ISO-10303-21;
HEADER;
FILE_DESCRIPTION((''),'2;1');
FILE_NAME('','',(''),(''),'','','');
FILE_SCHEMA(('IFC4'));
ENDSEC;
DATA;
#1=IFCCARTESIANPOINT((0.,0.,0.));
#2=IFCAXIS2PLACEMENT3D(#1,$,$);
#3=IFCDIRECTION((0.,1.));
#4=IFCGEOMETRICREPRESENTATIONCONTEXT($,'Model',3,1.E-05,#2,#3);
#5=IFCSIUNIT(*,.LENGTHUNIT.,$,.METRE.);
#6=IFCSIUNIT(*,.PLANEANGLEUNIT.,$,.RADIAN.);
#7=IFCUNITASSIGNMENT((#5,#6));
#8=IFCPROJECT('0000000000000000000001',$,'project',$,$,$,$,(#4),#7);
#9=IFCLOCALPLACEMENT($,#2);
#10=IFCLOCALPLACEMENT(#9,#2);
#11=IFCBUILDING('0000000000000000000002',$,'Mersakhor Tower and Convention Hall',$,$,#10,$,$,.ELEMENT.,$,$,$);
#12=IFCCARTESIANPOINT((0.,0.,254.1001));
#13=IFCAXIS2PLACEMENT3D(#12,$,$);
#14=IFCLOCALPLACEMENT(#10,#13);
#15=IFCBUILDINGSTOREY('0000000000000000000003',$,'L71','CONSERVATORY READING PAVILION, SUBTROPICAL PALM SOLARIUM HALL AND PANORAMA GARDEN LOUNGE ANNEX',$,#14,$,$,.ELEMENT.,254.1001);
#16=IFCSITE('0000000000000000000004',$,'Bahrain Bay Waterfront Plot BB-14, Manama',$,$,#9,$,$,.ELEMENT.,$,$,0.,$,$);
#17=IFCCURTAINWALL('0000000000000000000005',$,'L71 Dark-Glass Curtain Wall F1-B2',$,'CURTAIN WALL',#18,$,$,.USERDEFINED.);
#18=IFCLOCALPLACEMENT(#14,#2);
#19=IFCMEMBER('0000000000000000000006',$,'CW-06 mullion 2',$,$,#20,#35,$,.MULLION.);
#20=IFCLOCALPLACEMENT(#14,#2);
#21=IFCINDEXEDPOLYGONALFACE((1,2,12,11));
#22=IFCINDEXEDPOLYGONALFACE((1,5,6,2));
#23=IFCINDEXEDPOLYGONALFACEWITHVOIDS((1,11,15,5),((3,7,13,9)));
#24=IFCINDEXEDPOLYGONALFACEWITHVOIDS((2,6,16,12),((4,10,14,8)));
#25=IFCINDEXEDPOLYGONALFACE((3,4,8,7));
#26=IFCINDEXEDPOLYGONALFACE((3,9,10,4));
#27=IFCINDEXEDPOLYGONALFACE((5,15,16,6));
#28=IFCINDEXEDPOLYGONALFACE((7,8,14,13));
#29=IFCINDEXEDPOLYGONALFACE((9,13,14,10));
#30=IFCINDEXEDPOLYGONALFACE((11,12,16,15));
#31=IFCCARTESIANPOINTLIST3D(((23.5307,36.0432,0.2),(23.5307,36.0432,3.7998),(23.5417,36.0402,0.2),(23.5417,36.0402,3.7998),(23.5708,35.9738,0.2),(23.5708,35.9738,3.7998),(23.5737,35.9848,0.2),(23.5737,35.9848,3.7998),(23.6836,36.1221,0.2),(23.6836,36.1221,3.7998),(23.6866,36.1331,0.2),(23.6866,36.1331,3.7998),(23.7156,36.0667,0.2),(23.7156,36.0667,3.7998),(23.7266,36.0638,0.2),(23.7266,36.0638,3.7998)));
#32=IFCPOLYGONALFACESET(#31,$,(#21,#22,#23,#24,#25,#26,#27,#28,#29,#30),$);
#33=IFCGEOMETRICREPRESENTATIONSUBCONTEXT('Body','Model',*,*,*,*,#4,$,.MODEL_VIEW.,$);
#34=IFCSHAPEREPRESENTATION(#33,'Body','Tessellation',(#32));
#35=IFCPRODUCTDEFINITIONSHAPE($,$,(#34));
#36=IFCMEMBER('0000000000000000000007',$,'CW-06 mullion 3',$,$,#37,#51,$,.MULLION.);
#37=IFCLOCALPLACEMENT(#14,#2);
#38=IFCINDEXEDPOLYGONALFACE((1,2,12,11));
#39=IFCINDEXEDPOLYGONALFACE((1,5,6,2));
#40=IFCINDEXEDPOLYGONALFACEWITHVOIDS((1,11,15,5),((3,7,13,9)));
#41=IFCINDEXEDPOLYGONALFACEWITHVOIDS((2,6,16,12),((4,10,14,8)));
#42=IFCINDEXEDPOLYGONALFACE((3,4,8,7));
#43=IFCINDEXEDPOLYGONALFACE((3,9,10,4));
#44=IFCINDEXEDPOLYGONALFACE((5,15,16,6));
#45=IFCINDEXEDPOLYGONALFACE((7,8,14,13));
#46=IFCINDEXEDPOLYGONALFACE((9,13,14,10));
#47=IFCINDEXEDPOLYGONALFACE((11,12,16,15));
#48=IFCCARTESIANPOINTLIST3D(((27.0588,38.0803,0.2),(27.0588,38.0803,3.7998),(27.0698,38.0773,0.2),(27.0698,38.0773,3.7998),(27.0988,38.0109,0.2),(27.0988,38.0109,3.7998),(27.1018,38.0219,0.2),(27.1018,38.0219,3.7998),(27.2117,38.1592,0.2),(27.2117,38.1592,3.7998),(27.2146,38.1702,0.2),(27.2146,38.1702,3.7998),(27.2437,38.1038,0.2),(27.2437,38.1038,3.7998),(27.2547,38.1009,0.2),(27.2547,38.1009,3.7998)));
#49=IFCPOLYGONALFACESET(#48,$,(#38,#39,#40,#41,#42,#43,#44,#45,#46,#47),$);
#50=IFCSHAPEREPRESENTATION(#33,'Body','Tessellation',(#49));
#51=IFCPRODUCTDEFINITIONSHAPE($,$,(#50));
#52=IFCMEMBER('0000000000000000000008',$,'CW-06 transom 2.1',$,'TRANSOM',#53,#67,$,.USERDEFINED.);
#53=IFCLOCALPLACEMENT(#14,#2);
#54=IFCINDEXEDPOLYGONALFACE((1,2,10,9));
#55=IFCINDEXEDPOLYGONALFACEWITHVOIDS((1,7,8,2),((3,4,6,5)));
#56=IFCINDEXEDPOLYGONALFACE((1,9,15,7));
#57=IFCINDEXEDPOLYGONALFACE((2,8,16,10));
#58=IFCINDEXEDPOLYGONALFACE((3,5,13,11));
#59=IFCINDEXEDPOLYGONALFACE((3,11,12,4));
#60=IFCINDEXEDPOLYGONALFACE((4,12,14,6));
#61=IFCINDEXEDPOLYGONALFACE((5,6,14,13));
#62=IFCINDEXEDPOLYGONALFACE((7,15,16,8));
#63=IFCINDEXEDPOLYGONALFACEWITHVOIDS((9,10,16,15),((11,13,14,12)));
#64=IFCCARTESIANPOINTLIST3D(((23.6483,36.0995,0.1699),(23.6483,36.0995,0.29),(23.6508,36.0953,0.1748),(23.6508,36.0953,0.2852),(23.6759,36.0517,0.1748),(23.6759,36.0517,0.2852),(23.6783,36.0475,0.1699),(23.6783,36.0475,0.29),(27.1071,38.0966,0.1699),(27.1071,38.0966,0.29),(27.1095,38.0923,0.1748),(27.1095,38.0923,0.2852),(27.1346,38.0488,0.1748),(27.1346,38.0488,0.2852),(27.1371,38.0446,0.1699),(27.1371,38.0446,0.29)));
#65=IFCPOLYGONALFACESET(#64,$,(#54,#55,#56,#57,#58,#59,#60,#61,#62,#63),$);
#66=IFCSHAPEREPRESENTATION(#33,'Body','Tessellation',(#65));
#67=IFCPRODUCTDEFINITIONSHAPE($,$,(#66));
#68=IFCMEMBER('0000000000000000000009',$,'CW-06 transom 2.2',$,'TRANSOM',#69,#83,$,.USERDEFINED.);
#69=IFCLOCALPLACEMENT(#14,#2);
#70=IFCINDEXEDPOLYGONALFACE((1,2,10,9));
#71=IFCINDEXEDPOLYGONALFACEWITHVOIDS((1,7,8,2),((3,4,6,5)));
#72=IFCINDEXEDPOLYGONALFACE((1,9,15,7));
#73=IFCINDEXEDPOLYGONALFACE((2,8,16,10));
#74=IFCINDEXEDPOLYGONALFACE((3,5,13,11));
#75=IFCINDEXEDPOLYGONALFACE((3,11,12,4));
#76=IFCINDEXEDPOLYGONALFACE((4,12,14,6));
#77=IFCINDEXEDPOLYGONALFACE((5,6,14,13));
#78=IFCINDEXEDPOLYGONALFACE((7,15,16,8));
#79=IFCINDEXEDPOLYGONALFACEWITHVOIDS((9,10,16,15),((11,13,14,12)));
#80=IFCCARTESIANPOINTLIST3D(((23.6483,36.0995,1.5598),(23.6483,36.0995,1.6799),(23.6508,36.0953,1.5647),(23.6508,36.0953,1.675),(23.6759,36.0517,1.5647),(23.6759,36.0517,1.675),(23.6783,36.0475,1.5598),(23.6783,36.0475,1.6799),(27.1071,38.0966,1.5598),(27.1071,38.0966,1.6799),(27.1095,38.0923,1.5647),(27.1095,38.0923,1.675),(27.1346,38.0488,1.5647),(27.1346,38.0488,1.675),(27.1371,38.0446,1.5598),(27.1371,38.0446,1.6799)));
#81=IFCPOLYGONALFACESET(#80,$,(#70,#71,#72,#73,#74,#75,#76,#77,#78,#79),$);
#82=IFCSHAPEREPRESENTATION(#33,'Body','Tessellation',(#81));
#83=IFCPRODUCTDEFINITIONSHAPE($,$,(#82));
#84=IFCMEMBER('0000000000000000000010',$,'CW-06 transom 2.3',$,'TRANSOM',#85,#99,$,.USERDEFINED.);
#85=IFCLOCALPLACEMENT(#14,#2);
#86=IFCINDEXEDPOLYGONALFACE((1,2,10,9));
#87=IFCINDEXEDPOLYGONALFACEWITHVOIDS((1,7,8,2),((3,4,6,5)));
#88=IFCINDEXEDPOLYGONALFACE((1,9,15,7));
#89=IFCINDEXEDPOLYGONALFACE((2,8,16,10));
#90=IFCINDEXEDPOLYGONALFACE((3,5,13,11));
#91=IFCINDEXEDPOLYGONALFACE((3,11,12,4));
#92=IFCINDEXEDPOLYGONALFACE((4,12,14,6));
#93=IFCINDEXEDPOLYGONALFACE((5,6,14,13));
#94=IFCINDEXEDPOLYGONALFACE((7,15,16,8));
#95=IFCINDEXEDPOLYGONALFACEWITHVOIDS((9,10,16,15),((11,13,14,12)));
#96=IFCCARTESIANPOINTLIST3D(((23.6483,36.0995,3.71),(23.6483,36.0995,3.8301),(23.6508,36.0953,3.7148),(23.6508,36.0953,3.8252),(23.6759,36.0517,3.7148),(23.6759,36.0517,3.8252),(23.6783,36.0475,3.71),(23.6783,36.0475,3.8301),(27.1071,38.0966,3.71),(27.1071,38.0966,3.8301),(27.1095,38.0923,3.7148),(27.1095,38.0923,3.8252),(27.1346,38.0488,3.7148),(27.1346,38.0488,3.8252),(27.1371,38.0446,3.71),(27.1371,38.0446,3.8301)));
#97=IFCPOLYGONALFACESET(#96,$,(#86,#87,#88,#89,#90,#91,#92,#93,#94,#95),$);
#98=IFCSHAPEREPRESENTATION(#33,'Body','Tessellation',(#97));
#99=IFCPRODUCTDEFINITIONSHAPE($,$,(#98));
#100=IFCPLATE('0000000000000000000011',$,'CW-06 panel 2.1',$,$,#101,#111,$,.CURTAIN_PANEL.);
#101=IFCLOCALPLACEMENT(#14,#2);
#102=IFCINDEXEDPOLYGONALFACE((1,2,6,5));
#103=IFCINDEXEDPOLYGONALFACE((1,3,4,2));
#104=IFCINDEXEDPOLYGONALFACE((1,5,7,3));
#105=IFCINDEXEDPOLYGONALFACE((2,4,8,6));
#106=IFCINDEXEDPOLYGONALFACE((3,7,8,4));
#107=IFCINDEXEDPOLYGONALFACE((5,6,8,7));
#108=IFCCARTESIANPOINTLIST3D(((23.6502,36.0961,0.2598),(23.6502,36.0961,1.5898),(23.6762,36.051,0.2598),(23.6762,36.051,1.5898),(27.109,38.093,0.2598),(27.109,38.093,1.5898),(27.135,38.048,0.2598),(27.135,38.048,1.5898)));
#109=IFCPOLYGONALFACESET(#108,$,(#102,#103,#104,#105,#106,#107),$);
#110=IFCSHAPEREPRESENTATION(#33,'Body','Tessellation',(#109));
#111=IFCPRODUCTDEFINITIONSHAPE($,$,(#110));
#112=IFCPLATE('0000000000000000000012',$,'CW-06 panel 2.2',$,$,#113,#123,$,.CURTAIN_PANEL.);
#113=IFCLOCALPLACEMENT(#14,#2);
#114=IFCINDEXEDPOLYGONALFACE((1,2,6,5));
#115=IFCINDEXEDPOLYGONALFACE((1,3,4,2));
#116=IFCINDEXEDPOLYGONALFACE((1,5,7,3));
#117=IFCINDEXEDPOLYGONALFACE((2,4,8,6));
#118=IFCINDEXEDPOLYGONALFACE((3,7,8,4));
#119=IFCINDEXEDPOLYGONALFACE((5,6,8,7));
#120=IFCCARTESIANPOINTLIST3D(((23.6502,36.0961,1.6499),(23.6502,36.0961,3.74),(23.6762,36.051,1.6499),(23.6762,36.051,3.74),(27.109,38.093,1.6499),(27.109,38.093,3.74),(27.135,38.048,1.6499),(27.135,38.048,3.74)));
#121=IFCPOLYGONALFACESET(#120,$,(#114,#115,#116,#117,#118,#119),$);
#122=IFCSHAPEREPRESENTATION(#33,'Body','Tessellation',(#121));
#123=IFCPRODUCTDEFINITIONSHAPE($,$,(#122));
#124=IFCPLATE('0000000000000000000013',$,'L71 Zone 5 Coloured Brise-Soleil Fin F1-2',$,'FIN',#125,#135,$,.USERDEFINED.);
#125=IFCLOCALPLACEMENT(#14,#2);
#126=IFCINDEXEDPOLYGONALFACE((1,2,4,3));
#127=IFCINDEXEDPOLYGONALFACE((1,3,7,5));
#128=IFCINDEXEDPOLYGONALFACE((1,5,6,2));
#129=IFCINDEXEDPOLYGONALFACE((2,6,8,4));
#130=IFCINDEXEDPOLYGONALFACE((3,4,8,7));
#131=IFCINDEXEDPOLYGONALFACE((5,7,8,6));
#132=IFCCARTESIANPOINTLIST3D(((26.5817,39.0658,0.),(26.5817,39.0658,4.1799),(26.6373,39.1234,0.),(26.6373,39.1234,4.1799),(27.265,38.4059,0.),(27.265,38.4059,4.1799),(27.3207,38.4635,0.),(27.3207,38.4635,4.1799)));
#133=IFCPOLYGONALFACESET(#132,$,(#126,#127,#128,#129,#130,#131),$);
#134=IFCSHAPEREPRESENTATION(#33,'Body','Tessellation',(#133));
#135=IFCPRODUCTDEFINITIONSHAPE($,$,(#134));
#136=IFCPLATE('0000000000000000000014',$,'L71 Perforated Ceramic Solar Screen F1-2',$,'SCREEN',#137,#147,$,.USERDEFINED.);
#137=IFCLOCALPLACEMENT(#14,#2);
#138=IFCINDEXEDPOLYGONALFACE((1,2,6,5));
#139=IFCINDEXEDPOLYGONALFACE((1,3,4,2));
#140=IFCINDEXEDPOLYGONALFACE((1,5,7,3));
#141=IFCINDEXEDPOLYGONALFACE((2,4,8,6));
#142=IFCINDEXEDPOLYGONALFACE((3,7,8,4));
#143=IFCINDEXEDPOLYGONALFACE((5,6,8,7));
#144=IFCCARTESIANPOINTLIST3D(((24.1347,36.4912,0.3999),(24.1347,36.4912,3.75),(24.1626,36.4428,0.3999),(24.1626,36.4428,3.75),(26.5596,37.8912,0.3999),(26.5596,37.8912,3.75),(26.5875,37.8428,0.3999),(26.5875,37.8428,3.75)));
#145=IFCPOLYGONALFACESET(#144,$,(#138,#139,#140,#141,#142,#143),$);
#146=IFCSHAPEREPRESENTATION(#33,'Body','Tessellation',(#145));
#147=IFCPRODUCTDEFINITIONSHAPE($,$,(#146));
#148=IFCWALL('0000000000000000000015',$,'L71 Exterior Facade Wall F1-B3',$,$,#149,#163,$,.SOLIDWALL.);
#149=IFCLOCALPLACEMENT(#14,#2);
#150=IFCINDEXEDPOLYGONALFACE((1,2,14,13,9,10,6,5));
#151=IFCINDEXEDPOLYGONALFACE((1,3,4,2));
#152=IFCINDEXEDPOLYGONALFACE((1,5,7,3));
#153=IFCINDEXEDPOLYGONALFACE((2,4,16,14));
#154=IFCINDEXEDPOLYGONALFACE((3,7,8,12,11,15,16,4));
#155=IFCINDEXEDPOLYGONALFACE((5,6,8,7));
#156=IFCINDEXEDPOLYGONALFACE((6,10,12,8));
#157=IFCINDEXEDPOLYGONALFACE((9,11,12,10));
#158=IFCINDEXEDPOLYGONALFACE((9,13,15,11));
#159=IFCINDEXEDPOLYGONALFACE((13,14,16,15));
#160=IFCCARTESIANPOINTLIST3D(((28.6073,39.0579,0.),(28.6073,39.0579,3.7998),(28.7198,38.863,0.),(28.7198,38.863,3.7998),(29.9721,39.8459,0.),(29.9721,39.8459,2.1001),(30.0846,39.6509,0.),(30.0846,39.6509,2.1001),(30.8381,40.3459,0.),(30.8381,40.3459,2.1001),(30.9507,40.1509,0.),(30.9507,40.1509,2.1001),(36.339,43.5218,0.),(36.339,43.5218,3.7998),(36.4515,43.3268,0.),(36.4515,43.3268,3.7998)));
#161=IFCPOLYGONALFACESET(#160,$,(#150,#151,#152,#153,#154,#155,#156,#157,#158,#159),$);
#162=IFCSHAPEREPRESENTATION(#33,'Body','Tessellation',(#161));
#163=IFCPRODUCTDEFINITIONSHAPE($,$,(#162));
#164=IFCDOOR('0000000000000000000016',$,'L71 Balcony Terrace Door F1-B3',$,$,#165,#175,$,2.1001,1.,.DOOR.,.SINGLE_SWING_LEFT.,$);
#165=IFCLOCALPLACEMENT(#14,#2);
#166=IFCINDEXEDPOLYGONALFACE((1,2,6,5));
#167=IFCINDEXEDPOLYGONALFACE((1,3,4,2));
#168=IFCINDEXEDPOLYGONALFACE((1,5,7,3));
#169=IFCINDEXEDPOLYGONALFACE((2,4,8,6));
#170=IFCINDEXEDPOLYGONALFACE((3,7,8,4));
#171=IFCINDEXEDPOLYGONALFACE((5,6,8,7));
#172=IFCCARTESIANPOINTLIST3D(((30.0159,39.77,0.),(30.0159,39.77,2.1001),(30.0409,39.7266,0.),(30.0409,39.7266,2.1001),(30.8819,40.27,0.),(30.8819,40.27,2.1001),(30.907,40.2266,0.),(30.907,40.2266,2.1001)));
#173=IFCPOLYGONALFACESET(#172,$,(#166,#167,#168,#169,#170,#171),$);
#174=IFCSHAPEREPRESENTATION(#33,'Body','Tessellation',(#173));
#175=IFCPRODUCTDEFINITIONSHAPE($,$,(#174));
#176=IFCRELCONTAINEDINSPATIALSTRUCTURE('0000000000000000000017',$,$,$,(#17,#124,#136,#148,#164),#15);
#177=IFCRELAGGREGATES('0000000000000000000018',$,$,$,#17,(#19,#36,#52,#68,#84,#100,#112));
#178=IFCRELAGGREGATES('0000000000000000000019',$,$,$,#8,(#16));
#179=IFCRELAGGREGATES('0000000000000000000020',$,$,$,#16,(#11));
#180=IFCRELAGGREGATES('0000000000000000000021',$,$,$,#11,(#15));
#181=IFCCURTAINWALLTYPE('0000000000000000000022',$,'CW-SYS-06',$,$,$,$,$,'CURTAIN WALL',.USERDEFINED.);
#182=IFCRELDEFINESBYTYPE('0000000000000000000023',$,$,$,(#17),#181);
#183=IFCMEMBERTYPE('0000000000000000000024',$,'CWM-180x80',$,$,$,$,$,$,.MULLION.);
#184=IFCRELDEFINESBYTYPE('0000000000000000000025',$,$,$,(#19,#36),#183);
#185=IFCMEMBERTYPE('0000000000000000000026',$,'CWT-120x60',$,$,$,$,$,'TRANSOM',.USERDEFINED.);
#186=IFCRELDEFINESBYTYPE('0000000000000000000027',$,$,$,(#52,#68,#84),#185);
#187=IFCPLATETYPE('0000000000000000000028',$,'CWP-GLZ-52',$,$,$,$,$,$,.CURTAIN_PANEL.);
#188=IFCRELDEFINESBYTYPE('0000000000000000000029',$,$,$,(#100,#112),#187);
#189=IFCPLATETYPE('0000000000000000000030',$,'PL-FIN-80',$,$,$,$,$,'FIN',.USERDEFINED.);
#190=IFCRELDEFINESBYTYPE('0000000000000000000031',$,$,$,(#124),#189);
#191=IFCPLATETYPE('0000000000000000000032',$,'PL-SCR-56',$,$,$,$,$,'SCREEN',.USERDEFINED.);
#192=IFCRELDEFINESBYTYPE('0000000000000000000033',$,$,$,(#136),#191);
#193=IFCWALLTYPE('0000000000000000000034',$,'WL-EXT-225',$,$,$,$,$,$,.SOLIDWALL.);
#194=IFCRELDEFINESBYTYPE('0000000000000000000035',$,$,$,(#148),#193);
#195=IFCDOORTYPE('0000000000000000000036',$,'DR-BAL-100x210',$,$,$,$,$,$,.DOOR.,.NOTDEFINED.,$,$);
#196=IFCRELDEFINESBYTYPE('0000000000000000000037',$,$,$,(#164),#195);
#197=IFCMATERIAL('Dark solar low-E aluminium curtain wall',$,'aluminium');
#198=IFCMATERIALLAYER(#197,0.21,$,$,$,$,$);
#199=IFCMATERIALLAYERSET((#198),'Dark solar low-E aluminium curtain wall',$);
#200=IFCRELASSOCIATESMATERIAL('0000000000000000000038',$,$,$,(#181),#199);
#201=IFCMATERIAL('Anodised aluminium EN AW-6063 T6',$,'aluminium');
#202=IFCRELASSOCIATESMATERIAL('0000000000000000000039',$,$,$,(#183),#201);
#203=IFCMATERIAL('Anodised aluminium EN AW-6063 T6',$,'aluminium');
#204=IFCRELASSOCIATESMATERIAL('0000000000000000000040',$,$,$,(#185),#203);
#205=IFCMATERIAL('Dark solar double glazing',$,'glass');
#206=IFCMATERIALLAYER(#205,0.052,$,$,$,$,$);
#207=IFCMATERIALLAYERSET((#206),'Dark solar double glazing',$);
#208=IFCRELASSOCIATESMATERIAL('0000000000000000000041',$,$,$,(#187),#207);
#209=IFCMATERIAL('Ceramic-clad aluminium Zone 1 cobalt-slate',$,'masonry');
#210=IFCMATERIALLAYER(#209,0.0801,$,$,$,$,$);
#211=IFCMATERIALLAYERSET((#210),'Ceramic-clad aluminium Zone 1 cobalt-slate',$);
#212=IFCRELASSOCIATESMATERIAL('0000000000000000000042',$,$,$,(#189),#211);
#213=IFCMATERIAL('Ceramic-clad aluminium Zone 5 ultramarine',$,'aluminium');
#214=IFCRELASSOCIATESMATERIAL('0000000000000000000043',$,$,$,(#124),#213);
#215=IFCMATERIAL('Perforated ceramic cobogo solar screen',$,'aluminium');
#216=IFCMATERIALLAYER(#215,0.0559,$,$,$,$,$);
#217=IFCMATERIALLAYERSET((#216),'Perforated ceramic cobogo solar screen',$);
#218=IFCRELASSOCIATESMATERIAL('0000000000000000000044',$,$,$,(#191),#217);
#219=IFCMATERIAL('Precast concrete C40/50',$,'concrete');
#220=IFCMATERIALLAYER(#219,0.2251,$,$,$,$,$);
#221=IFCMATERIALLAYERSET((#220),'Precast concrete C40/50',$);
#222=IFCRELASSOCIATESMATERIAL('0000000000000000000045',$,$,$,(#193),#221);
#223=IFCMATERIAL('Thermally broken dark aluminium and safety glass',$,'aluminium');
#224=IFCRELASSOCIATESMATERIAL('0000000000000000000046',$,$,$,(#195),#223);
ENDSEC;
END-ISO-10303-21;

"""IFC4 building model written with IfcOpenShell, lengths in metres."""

from ifc_helpers import new_model, si_unit, direction, frame, frame_2d, origin, origin_2d, place, context, subcontext, project, spatial, rectangle, hollow_rectangle, extrude, material, layer, layer_set, material_profile, profile_set, type_object, element, fill, aggregate, save


model = new_model("IFC4")

# Units and contexts
model_context = context("Model", 3, precision=1e-05, world=origin(), true_north=direction((0.0, 1.0)))
body_context = subcontext(model_context, "Body", "Model", "MODEL_VIEW")
ifc_project = project(units=[si_unit("LENGTHUNIT", "METRE"), si_unit("PLANEANGLEUNIT", "RADIAN")], contexts=[model_context])

# Site, building, storey
site_placement = place(None, origin())
site = spatial("IfcSite", under=ifc_project, at=site_placement, Name="Bahrain Bay Waterfront Plot BB-14, Manama", CompositionType="ELEMENT", RefElevation=0.0)
building_placement = place(site_placement, origin())
building = spatial("IfcBuilding", under=site, at=building_placement, Name="Mersakhor Tower and Convention Hall", CompositionType="ELEMENT")
storey_placement = place(building_placement, frame((0.0, 0.0, 254.1001)))
storey = spatial("IfcBuildingStorey", under=building, at=storey_placement, Name="L71", Description="CONSERVATORY READING PAVILION, SUBTROPICAL PALM SOLARIUM HALL AND PANORAMA GARDEN LOUNGE ANNEX", CompositionType="ELEMENT", Elevation=254.1001)

# Curtain wall, members, plates
ifc_material_1 = material(Name="Dark solar low-E aluminium curtain wall", Category="aluminium")
ifc_layer_1 = layer(ifc_material_1, 0.21)
ifc_layer_set_1 = layer_set([ifc_layer_1], Name="Dark solar low-E aluminium curtain wall")
curtain_wall_type = type_object("IfcCurtainWallType", Name="CW-SYS-06", ElementType="CURTAIN WALL", PredefinedType="USERDEFINED", material=ifc_layer_set_1)
curtain_wall_placement = place(storey_placement, origin())
curtain_wall = element("IfcCurtainWall", 1, at=curtain_wall_placement, inside=storey, type_object=curtain_wall_type, Name="L71 Dark-Glass Curtain Wall F1-B2", ObjectType="CURTAIN WALL", PredefinedType="USERDEFINED")
ifc_material_2 = material(Name="Anodised aluminium EN AW-6063 T6", Category="aluminium")
ifc_material_profile_1 = material_profile(ifc_material_2, hollow_rectangle(XDim=0.0801, YDim=0.1799, WallThickness=0.0081, at=origin_2d()), Name="RHS 180x80x8")
ifc_profile_set_1 = profile_set([ifc_material_profile_1], Name="Anodised aluminium EN AW-6063 T6")
member_type_1 = type_object("IfcMemberType", Name="CWM-180x80", PredefinedType="MULLION", material=ifc_profile_set_1)
member_1_placement = place(storey_placement, frame((23.6287, 36.0535, 0.2), z_axis=(0.0, 0.0, 1.0), x_axis=(-0.500004, 0.866023, 0.0)))
member_1 = element("IfcMember", 2, at=member_1_placement, type_object=member_type_1, Name="CW-06 mullion 2", PredefinedType="MULLION", context=body_context, shape_type="SweptSolid", body=[
    extrude(hollow_rectangle(XDim=0.0801, YDim=0.1799, WallThickness=0.0081, at=origin_2d()), origin(), (0.0, 0.0, 1.0), 3.5999),
])
member_2_placement = place(storey_placement, frame((27.1567, 38.0906, 0.2), z_axis=(0.0, 0.0, 1.0), x_axis=(-0.500004, 0.866023, 0.0)))
member_2 = element("IfcMember", 3, at=member_2_placement, type_object=member_type_1, Name="CW-06 mullion 3", PredefinedType="MULLION", context=body_context, shape_type="SweptSolid", body=[
    extrude(hollow_rectangle(XDim=0.0801, YDim=0.1799, WallThickness=0.0081, at=origin_2d()), origin(), (0.0, 0.0, 1.0), 3.5999),
])
ifc_material_3 = material(Name="Anodised aluminium EN AW-6063 T6", Category="aluminium")
ifc_material_profile_2 = material_profile(ifc_material_3, hollow_rectangle(XDim=0.0601, YDim=0.1201, WallThickness=0.0049, at=origin_2d()), Name="RHS 120x60x5")
ifc_profile_set_2 = profile_set([ifc_material_profile_2], Name="Anodised aluminium EN AW-6063 T6")
member_type_2 = type_object("IfcMemberType", Name="CWT-120x60", ElementType="TRANSOM", PredefinedType="USERDEFINED", material=ifc_profile_set_2)
member_3_placement = place(storey_placement, frame((23.6633, 36.0735, 0.23), z_axis=(0.866007, 0.500031, 0.0), x_axis=(-0.500031, 0.866007, 0.0)))
member_3 = element("IfcMember", 4, at=member_3_placement, type_object=member_type_2, Name="CW-06 transom 2.1", ObjectType="TRANSOM", PredefinedType="USERDEFINED", context=body_context, shape_type="SweptSolid", body=[
    extrude(hollow_rectangle(XDim=0.0601, YDim=0.1201, WallThickness=0.0049, at=origin_2d()), origin(), (0.0, 0.0, 1.0), 3.9939),
])
member_4_placement = place(storey_placement, frame((23.6633, 36.0735, 1.6199), z_axis=(0.866007, 0.500031, 0.0), x_axis=(-0.500031, 0.866007, 0.0)))
member_4 = element("IfcMember", 5, at=member_4_placement, type_object=member_type_2, Name="CW-06 transom 2.2", ObjectType="TRANSOM", PredefinedType="USERDEFINED", context=body_context, shape_type="SweptSolid", body=[
    extrude(hollow_rectangle(XDim=0.0601, YDim=0.1201, WallThickness=0.0049, at=origin_2d()), origin(), (0.0, 0.0, 1.0), 3.9939),
])
member_5_placement = place(storey_placement, frame((23.6633, 36.0735, 3.77), z_axis=(0.866007, 0.500031, 0.0), x_axis=(-0.500031, 0.866007, 0.0)))
member_5 = element("IfcMember", 6, at=member_5_placement, type_object=member_type_2, Name="CW-06 transom 2.3", ObjectType="TRANSOM", PredefinedType="USERDEFINED", context=body_context, shape_type="SweptSolid", body=[
    extrude(hollow_rectangle(XDim=0.0601, YDim=0.1201, WallThickness=0.0049, at=origin_2d()), origin(), (0.0, 0.0, 1.0), 3.9939),
])
ifc_material_4 = material(Name="Dark solar double glazing", Category="glass")
ifc_layer_2 = layer(ifc_material_4, 0.052)
ifc_layer_set_2 = layer_set([ifc_layer_2], Name="Dark solar double glazing")
plate_type_1 = type_object("IfcPlateType", Name="CWP-GLZ-52", PredefinedType="CURTAIN_PANEL", material=ifc_layer_set_2)
plate_1_placement = place(storey_placement, frame((25.3926, 37.072, 0.2598), z_axis=(0.0, 0.0, 1.0), x_axis=(0.866023, 0.500004, 0.0)))
plate_1 = element("IfcPlate", 7, at=plate_1_placement, type_object=plate_type_1, Name="CW-06 panel 2.1", PredefinedType="CURTAIN_PANEL", context=body_context, shape_type="SweptSolid", body=[
    extrude(rectangle(XDim=3.9939, YDim=0.052, at=origin_2d()), origin(), (0.0, 0.0, 1.0), 1.3301),
])
plate_2_placement = place(storey_placement, frame((25.3926, 37.072, 1.6499), z_axis=(0.0, 0.0, 1.0), x_axis=(0.866023, 0.500004, 0.0)))
plate_2 = element("IfcPlate", 8, at=plate_2_placement, type_object=plate_type_1, Name="CW-06 panel 2.2", PredefinedType="CURTAIN_PANEL", context=body_context, shape_type="SweptSolid", body=[
    extrude(rectangle(XDim=3.9939, YDim=0.052, at=origin_2d()), origin(), (0.0, 0.0, 1.0), 2.0901),
])
aggregate(curtain_wall, [member_1, member_2, member_3, member_4, member_5, plate_1, plate_2])

# Plates
ifc_material_5 = material(Name="Ceramic-clad aluminium Zone 5 ultramarine", Category="aluminium")
ifc_material_6 = material(Name="Ceramic-clad aluminium Zone 1 cobalt-slate", Category="masonry")
ifc_layer_3 = layer(ifc_material_6, 0.0801)
ifc_layer_set_3 = layer_set([ifc_layer_3], Name="Ceramic-clad aluminium Zone 1 cobalt-slate")
plate_type_2 = type_object("IfcPlateType", Name="PL-FIN-80", ElementType="FIN", PredefinedType="USERDEFINED", material=ifc_layer_set_3)
plate_3_placement = place(storey_placement, frame((26.9512, 38.7646, 0.0), z_axis=(0.0, 0.0, 1.0), x_axis=(-0.71934, 0.694658, 0.0)))
element("IfcPlate", 9, at=plate_3_placement, inside=storey, type_object=plate_type_2, material=ifc_material_5, Name="L71 Zone 5 Coloured Brise-Soleil Fin F1-2", ObjectType="FIN", PredefinedType="USERDEFINED", context=body_context, shape_type="SweptSolid", body=[
    extrude(rectangle(XDim=0.95, YDim=0.0801, at=origin_2d()), origin(), (0.0, 0.0, 1.0), 4.1799),
])
ifc_material_7 = material(Name="Perforated ceramic cobogo solar screen", Category="aluminium")
ifc_layer_4 = layer(ifc_material_7, 0.0559)
ifc_layer_set_4 = layer_set([ifc_layer_4], Name="Perforated ceramic cobogo solar screen")
plate_type_3 = type_object("IfcPlateType", Name="PL-SCR-56", ElementType="SCREEN", PredefinedType="USERDEFINED", material=ifc_layer_set_4)
plate_4_placement = place(storey_placement, frame((25.3611, 37.167, 0.3999), z_axis=(0.0, 0.0, 1.0), x_axis=(0.866025, 0.5, 0.0)))
element("IfcPlate", 10, at=plate_4_placement, inside=storey, type_object=plate_type_3, Name="L71 Perforated Ceramic Solar Screen F1-2", ObjectType="SCREEN", PredefinedType="USERDEFINED", context=body_context, shape_type="SweptSolid", body=[
    extrude(rectangle(XDim=2.8, YDim=0.0559, at=origin_2d()), origin(), (0.0, 0.0, 1.0), 3.3501),
])

# Wall, opening, door
ifc_material_8 = material(Name="Precast concrete C40/50", Category="concrete")
ifc_layer_5 = layer(ifc_material_8, 0.2251)
ifc_layer_set_5 = layer_set([ifc_layer_5], Name="Precast concrete C40/50")
wall_type_1 = type_object("IfcWallType", Name="WL-EXT-225", PredefinedType="SOLIDWALL", material=ifc_layer_set_5)
wall_1_placement = place(storey_placement, frame((28.6636, 38.9604, 0.0), z_axis=(0.0, 0.0, 1.0), x_axis=(0.866027, 0.499998, 0.0)))
wall_1 = element("IfcWall", 11, at=wall_1_placement, inside=storey, type_object=wall_type_1, Name="L71 Exterior Facade Wall F1-B3", PredefinedType="SOLIDWALL", context=body_context, shape_type="SweptSolid", body=[
    extrude(rectangle(XDim=8.9277, YDim=0.2251, at=frame_2d((4.4639, 0.0))), origin(), (0.0, 0.0, 1.0), 3.7998),
])
opening_1_placement = place(wall_1_placement, frame((1.5759, 0.0, 0.0)))
opening_1 = element("IfcOpeningElement", 12, at=opening_1_placement, cuts=wall_1, PredefinedType="OPENING", context=body_context, shape_type="SweptSolid", body=[
    extrude(rectangle(XDim=1.0, YDim=2.1001, at=frame_2d((0.5, 1.05))), frame((0.0, 0.1226, 0.0), z_axis=(0.0, -1.0, 0.0), x_axis=(1.0, 0.0, 0.0)), (0.0, 0.0, 1.0), 0.2451),
])
ifc_material_9 = material(Name="Thermally broken dark aluminium and safety glass", Category="aluminium")
door_type_1 = type_object("IfcDoorType", Name="DR-BAL-100x210", OperationType="NOTDEFINED", PredefinedType="DOOR", material=ifc_material_9)
door_1_placement = place(opening_1_placement, origin())
door_1 = element("IfcDoor", 13, at=door_1_placement, inside=storey, type_object=door_type_1, Name="L71 Balcony Terrace Door F1-B3", OperationType="SINGLE_SWING_LEFT", OverallHeight=2.1001, OverallWidth=1.0, PredefinedType="DOOR", context=body_context, shape_type="SweptSolid", body=[
    extrude(rectangle(XDim=1.0, YDim=2.1001, at=frame_2d((0.5, 1.05))), frame((0.0, 0.0249, 0.0), z_axis=(0.0, -1.0, 0.0), x_axis=(1.0, 0.0, 0.0)), (0.0, 0.0, 1.0), 0.05),
])
fill(opening_1, door_1)

save(model, "model.ifc")
